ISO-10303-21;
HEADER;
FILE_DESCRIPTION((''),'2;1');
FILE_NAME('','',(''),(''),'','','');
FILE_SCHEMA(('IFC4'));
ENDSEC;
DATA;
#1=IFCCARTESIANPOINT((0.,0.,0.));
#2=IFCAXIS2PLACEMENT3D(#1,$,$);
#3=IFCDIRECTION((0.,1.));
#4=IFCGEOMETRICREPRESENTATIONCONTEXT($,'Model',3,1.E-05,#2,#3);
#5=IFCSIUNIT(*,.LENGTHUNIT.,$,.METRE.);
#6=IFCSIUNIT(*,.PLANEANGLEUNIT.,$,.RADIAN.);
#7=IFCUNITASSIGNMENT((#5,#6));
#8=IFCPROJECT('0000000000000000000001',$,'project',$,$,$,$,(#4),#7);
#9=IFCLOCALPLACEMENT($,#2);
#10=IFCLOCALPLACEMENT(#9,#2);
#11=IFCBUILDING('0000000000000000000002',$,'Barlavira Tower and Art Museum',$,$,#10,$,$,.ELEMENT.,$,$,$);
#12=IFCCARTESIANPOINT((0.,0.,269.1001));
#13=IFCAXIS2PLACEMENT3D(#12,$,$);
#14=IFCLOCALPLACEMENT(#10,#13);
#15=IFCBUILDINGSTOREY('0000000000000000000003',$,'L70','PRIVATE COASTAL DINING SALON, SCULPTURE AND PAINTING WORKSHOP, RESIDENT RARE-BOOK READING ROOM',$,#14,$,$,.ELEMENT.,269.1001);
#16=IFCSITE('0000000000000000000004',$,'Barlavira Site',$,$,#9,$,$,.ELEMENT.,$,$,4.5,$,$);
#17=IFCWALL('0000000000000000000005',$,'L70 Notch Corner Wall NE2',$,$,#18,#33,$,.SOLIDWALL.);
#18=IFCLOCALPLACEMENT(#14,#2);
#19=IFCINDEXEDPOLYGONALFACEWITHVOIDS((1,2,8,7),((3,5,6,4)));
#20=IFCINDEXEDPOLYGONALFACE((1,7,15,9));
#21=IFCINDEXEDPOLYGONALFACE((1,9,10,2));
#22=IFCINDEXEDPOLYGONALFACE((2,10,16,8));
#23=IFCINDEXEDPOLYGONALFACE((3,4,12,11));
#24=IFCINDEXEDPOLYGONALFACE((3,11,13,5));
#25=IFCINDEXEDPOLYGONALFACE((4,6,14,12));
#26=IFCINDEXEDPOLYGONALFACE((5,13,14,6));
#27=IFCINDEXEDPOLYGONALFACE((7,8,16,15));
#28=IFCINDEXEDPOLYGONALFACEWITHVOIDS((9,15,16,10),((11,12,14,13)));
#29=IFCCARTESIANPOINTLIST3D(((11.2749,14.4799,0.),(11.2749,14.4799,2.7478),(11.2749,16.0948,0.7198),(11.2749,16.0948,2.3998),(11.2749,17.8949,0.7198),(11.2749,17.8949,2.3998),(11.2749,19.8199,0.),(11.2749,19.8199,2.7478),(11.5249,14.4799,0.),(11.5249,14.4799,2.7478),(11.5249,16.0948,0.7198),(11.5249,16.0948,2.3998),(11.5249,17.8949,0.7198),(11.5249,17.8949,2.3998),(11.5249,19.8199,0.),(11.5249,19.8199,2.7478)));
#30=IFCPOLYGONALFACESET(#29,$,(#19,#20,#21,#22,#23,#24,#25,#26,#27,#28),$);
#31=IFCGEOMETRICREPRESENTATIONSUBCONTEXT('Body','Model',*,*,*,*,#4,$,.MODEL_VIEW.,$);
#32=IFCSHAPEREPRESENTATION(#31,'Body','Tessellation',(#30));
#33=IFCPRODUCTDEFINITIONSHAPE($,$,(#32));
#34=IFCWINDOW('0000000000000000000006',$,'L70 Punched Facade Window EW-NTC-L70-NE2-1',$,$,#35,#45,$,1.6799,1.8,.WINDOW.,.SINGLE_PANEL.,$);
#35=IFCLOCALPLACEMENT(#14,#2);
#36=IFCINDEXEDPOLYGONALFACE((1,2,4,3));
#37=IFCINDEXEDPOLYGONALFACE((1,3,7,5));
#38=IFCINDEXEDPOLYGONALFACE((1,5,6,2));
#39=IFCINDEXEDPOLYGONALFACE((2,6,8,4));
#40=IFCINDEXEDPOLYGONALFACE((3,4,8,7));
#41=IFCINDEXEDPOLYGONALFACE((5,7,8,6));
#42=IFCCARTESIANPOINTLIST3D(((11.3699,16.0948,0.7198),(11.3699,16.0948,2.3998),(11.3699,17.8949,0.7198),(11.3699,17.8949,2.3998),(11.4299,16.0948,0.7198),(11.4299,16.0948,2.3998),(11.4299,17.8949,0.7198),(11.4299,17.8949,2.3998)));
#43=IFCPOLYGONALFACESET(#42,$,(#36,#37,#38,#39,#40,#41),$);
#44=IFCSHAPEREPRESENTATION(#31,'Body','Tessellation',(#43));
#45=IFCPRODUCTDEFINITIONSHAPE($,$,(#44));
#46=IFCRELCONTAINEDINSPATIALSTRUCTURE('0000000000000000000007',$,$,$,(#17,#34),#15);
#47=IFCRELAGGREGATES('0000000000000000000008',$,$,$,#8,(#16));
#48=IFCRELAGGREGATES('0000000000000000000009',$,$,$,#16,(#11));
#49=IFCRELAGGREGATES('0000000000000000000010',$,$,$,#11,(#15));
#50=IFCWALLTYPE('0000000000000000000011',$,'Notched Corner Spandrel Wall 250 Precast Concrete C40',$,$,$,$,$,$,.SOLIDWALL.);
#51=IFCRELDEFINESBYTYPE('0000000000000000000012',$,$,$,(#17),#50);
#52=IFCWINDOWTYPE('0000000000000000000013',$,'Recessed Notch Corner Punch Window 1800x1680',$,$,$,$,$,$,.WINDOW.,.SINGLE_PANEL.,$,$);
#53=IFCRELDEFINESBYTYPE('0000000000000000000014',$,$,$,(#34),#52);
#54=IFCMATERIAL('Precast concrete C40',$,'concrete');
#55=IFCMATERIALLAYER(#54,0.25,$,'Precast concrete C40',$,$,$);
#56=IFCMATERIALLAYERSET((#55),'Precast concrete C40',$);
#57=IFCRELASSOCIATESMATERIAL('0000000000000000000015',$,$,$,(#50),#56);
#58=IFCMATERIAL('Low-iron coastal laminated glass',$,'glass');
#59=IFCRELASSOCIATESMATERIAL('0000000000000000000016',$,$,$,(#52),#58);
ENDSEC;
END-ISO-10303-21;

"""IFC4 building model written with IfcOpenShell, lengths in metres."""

from ifc_helpers import new_model, si_unit, direction, frame, frame_2d, origin, place, context, subcontext, project, spatial, rectangle, extrude, material, layer, layer_set, type_object, element, fill, save


model = new_model("IFC4")

# Units and contexts
model_context = context("Model", 3, precision=1e-05, world=origin(), true_north=direction((0.0, 1.0)))
body_context = subcontext(model_context, "Body", "Model", "MODEL_VIEW")
ifc_project = project(units=[si_unit("LENGTHUNIT", "METRE"), si_unit("PLANEANGLEUNIT", "RADIAN")], contexts=[model_context])

# Site, building, storey
site_placement = place(None, origin())
site = spatial("IfcSite", under=ifc_project, at=site_placement, Name="Barlavira Site", CompositionType="ELEMENT", RefElevation=4.5)
building_placement = place(site_placement, origin())
building = spatial("IfcBuilding", under=site, at=building_placement, Name="Barlavira Tower and Art Museum", CompositionType="ELEMENT")
storey_placement = place(building_placement, frame((0.0, 0.0, 269.1001)))
storey = spatial("IfcBuildingStorey", under=building, at=storey_placement, Name="L70", Description="PRIVATE COASTAL DINING SALON, SCULPTURE AND PAINTING WORKSHOP, RESIDENT RARE-BOOK READING ROOM", CompositionType="ELEMENT", Elevation=269.1001)

# Shared definitions
ifc_material_1 = material(Name="Precast concrete C40", Category="concrete")
ifc_layer_1 = layer(ifc_material_1, 0.25, Name="Precast concrete C40")
ifc_layer_set_1 = layer_set([ifc_layer_1], Name="Precast concrete C40")
wall_type_1 = type_object("IfcWallType", Name="Notched Corner Spandrel Wall 250 Precast Concrete C40", PredefinedType="SOLIDWALL", material=ifc_layer_set_1)
ifc_material_2 = material(Name="Low-iron coastal laminated glass", Category="glass")

# Shared definitions
window_type_1 = type_object("IfcWindowType", Name="Recessed Notch Corner Punch Window 1800x1680", PartitioningType="SINGLE_PANEL", PredefinedType="WINDOW", material=ifc_material_2)

# Wall, opening, window
wall_1_placement = place(storey_placement, frame((11.3999, 14.48, 0.0), z_axis=(0.0, 0.0, 1.0), x_axis=(0.0, 1.0, 0.0)))
wall_1 = element("IfcWall", 1, at=wall_1_placement, inside=storey, type_object=wall_type_1, Name="L70 Notch Corner Wall NE2", PredefinedType="SOLIDWALL", context=body_context, shape_type="SweptSolid", body=[
    extrude(rectangle(XDim=5.3401, YDim=0.25, at=frame_2d((2.6699, 0.0))), origin(), (0.0, 0.0, 1.0), 2.7478),
])
opening_1_placement = place(wall_1_placement, frame((1.615, 0.0, 0.72)))
opening_1 = element("IfcOpeningElement", 2, at=opening_1_placement, cuts=wall_1, PredefinedType="OPENING", context=body_context, shape_type="SweptSolid", body=[
    extrude(rectangle(XDim=1.8, YDim=1.6799, at=frame_2d((0.8999, 0.8398))), frame((0.0, 0.135, 0.0), z_axis=(0.0, -1.0, 0.0), x_axis=(1.0, 0.0, 0.0)), (0.0, 0.0, 1.0), 0.27),
])
window_1_placement = place(opening_1_placement, origin())
window_1 = element("IfcWindow", 3, at=window_1_placement, inside=storey, type_object=window_type_1, Name="L70 Punched Facade Window EW-NTC-L70-NE2-1", OverallHeight=1.6799, OverallWidth=1.8, PartitioningType="SINGLE_PANEL", PredefinedType="WINDOW", context=body_context, shape_type="SweptSolid", body=[
    extrude(rectangle(XDim=1.8, YDim=1.6799, at=frame_2d((0.8999, 0.8398))), frame((0.0, 0.03, 0.0), z_axis=(0.0, -1.0, 0.0), x_axis=(1.0, 0.0, 0.0)), (0.0, 0.0, 1.0), 0.0601),
])
fill(opening_1, window_1)

save(model, "model.ifc")
